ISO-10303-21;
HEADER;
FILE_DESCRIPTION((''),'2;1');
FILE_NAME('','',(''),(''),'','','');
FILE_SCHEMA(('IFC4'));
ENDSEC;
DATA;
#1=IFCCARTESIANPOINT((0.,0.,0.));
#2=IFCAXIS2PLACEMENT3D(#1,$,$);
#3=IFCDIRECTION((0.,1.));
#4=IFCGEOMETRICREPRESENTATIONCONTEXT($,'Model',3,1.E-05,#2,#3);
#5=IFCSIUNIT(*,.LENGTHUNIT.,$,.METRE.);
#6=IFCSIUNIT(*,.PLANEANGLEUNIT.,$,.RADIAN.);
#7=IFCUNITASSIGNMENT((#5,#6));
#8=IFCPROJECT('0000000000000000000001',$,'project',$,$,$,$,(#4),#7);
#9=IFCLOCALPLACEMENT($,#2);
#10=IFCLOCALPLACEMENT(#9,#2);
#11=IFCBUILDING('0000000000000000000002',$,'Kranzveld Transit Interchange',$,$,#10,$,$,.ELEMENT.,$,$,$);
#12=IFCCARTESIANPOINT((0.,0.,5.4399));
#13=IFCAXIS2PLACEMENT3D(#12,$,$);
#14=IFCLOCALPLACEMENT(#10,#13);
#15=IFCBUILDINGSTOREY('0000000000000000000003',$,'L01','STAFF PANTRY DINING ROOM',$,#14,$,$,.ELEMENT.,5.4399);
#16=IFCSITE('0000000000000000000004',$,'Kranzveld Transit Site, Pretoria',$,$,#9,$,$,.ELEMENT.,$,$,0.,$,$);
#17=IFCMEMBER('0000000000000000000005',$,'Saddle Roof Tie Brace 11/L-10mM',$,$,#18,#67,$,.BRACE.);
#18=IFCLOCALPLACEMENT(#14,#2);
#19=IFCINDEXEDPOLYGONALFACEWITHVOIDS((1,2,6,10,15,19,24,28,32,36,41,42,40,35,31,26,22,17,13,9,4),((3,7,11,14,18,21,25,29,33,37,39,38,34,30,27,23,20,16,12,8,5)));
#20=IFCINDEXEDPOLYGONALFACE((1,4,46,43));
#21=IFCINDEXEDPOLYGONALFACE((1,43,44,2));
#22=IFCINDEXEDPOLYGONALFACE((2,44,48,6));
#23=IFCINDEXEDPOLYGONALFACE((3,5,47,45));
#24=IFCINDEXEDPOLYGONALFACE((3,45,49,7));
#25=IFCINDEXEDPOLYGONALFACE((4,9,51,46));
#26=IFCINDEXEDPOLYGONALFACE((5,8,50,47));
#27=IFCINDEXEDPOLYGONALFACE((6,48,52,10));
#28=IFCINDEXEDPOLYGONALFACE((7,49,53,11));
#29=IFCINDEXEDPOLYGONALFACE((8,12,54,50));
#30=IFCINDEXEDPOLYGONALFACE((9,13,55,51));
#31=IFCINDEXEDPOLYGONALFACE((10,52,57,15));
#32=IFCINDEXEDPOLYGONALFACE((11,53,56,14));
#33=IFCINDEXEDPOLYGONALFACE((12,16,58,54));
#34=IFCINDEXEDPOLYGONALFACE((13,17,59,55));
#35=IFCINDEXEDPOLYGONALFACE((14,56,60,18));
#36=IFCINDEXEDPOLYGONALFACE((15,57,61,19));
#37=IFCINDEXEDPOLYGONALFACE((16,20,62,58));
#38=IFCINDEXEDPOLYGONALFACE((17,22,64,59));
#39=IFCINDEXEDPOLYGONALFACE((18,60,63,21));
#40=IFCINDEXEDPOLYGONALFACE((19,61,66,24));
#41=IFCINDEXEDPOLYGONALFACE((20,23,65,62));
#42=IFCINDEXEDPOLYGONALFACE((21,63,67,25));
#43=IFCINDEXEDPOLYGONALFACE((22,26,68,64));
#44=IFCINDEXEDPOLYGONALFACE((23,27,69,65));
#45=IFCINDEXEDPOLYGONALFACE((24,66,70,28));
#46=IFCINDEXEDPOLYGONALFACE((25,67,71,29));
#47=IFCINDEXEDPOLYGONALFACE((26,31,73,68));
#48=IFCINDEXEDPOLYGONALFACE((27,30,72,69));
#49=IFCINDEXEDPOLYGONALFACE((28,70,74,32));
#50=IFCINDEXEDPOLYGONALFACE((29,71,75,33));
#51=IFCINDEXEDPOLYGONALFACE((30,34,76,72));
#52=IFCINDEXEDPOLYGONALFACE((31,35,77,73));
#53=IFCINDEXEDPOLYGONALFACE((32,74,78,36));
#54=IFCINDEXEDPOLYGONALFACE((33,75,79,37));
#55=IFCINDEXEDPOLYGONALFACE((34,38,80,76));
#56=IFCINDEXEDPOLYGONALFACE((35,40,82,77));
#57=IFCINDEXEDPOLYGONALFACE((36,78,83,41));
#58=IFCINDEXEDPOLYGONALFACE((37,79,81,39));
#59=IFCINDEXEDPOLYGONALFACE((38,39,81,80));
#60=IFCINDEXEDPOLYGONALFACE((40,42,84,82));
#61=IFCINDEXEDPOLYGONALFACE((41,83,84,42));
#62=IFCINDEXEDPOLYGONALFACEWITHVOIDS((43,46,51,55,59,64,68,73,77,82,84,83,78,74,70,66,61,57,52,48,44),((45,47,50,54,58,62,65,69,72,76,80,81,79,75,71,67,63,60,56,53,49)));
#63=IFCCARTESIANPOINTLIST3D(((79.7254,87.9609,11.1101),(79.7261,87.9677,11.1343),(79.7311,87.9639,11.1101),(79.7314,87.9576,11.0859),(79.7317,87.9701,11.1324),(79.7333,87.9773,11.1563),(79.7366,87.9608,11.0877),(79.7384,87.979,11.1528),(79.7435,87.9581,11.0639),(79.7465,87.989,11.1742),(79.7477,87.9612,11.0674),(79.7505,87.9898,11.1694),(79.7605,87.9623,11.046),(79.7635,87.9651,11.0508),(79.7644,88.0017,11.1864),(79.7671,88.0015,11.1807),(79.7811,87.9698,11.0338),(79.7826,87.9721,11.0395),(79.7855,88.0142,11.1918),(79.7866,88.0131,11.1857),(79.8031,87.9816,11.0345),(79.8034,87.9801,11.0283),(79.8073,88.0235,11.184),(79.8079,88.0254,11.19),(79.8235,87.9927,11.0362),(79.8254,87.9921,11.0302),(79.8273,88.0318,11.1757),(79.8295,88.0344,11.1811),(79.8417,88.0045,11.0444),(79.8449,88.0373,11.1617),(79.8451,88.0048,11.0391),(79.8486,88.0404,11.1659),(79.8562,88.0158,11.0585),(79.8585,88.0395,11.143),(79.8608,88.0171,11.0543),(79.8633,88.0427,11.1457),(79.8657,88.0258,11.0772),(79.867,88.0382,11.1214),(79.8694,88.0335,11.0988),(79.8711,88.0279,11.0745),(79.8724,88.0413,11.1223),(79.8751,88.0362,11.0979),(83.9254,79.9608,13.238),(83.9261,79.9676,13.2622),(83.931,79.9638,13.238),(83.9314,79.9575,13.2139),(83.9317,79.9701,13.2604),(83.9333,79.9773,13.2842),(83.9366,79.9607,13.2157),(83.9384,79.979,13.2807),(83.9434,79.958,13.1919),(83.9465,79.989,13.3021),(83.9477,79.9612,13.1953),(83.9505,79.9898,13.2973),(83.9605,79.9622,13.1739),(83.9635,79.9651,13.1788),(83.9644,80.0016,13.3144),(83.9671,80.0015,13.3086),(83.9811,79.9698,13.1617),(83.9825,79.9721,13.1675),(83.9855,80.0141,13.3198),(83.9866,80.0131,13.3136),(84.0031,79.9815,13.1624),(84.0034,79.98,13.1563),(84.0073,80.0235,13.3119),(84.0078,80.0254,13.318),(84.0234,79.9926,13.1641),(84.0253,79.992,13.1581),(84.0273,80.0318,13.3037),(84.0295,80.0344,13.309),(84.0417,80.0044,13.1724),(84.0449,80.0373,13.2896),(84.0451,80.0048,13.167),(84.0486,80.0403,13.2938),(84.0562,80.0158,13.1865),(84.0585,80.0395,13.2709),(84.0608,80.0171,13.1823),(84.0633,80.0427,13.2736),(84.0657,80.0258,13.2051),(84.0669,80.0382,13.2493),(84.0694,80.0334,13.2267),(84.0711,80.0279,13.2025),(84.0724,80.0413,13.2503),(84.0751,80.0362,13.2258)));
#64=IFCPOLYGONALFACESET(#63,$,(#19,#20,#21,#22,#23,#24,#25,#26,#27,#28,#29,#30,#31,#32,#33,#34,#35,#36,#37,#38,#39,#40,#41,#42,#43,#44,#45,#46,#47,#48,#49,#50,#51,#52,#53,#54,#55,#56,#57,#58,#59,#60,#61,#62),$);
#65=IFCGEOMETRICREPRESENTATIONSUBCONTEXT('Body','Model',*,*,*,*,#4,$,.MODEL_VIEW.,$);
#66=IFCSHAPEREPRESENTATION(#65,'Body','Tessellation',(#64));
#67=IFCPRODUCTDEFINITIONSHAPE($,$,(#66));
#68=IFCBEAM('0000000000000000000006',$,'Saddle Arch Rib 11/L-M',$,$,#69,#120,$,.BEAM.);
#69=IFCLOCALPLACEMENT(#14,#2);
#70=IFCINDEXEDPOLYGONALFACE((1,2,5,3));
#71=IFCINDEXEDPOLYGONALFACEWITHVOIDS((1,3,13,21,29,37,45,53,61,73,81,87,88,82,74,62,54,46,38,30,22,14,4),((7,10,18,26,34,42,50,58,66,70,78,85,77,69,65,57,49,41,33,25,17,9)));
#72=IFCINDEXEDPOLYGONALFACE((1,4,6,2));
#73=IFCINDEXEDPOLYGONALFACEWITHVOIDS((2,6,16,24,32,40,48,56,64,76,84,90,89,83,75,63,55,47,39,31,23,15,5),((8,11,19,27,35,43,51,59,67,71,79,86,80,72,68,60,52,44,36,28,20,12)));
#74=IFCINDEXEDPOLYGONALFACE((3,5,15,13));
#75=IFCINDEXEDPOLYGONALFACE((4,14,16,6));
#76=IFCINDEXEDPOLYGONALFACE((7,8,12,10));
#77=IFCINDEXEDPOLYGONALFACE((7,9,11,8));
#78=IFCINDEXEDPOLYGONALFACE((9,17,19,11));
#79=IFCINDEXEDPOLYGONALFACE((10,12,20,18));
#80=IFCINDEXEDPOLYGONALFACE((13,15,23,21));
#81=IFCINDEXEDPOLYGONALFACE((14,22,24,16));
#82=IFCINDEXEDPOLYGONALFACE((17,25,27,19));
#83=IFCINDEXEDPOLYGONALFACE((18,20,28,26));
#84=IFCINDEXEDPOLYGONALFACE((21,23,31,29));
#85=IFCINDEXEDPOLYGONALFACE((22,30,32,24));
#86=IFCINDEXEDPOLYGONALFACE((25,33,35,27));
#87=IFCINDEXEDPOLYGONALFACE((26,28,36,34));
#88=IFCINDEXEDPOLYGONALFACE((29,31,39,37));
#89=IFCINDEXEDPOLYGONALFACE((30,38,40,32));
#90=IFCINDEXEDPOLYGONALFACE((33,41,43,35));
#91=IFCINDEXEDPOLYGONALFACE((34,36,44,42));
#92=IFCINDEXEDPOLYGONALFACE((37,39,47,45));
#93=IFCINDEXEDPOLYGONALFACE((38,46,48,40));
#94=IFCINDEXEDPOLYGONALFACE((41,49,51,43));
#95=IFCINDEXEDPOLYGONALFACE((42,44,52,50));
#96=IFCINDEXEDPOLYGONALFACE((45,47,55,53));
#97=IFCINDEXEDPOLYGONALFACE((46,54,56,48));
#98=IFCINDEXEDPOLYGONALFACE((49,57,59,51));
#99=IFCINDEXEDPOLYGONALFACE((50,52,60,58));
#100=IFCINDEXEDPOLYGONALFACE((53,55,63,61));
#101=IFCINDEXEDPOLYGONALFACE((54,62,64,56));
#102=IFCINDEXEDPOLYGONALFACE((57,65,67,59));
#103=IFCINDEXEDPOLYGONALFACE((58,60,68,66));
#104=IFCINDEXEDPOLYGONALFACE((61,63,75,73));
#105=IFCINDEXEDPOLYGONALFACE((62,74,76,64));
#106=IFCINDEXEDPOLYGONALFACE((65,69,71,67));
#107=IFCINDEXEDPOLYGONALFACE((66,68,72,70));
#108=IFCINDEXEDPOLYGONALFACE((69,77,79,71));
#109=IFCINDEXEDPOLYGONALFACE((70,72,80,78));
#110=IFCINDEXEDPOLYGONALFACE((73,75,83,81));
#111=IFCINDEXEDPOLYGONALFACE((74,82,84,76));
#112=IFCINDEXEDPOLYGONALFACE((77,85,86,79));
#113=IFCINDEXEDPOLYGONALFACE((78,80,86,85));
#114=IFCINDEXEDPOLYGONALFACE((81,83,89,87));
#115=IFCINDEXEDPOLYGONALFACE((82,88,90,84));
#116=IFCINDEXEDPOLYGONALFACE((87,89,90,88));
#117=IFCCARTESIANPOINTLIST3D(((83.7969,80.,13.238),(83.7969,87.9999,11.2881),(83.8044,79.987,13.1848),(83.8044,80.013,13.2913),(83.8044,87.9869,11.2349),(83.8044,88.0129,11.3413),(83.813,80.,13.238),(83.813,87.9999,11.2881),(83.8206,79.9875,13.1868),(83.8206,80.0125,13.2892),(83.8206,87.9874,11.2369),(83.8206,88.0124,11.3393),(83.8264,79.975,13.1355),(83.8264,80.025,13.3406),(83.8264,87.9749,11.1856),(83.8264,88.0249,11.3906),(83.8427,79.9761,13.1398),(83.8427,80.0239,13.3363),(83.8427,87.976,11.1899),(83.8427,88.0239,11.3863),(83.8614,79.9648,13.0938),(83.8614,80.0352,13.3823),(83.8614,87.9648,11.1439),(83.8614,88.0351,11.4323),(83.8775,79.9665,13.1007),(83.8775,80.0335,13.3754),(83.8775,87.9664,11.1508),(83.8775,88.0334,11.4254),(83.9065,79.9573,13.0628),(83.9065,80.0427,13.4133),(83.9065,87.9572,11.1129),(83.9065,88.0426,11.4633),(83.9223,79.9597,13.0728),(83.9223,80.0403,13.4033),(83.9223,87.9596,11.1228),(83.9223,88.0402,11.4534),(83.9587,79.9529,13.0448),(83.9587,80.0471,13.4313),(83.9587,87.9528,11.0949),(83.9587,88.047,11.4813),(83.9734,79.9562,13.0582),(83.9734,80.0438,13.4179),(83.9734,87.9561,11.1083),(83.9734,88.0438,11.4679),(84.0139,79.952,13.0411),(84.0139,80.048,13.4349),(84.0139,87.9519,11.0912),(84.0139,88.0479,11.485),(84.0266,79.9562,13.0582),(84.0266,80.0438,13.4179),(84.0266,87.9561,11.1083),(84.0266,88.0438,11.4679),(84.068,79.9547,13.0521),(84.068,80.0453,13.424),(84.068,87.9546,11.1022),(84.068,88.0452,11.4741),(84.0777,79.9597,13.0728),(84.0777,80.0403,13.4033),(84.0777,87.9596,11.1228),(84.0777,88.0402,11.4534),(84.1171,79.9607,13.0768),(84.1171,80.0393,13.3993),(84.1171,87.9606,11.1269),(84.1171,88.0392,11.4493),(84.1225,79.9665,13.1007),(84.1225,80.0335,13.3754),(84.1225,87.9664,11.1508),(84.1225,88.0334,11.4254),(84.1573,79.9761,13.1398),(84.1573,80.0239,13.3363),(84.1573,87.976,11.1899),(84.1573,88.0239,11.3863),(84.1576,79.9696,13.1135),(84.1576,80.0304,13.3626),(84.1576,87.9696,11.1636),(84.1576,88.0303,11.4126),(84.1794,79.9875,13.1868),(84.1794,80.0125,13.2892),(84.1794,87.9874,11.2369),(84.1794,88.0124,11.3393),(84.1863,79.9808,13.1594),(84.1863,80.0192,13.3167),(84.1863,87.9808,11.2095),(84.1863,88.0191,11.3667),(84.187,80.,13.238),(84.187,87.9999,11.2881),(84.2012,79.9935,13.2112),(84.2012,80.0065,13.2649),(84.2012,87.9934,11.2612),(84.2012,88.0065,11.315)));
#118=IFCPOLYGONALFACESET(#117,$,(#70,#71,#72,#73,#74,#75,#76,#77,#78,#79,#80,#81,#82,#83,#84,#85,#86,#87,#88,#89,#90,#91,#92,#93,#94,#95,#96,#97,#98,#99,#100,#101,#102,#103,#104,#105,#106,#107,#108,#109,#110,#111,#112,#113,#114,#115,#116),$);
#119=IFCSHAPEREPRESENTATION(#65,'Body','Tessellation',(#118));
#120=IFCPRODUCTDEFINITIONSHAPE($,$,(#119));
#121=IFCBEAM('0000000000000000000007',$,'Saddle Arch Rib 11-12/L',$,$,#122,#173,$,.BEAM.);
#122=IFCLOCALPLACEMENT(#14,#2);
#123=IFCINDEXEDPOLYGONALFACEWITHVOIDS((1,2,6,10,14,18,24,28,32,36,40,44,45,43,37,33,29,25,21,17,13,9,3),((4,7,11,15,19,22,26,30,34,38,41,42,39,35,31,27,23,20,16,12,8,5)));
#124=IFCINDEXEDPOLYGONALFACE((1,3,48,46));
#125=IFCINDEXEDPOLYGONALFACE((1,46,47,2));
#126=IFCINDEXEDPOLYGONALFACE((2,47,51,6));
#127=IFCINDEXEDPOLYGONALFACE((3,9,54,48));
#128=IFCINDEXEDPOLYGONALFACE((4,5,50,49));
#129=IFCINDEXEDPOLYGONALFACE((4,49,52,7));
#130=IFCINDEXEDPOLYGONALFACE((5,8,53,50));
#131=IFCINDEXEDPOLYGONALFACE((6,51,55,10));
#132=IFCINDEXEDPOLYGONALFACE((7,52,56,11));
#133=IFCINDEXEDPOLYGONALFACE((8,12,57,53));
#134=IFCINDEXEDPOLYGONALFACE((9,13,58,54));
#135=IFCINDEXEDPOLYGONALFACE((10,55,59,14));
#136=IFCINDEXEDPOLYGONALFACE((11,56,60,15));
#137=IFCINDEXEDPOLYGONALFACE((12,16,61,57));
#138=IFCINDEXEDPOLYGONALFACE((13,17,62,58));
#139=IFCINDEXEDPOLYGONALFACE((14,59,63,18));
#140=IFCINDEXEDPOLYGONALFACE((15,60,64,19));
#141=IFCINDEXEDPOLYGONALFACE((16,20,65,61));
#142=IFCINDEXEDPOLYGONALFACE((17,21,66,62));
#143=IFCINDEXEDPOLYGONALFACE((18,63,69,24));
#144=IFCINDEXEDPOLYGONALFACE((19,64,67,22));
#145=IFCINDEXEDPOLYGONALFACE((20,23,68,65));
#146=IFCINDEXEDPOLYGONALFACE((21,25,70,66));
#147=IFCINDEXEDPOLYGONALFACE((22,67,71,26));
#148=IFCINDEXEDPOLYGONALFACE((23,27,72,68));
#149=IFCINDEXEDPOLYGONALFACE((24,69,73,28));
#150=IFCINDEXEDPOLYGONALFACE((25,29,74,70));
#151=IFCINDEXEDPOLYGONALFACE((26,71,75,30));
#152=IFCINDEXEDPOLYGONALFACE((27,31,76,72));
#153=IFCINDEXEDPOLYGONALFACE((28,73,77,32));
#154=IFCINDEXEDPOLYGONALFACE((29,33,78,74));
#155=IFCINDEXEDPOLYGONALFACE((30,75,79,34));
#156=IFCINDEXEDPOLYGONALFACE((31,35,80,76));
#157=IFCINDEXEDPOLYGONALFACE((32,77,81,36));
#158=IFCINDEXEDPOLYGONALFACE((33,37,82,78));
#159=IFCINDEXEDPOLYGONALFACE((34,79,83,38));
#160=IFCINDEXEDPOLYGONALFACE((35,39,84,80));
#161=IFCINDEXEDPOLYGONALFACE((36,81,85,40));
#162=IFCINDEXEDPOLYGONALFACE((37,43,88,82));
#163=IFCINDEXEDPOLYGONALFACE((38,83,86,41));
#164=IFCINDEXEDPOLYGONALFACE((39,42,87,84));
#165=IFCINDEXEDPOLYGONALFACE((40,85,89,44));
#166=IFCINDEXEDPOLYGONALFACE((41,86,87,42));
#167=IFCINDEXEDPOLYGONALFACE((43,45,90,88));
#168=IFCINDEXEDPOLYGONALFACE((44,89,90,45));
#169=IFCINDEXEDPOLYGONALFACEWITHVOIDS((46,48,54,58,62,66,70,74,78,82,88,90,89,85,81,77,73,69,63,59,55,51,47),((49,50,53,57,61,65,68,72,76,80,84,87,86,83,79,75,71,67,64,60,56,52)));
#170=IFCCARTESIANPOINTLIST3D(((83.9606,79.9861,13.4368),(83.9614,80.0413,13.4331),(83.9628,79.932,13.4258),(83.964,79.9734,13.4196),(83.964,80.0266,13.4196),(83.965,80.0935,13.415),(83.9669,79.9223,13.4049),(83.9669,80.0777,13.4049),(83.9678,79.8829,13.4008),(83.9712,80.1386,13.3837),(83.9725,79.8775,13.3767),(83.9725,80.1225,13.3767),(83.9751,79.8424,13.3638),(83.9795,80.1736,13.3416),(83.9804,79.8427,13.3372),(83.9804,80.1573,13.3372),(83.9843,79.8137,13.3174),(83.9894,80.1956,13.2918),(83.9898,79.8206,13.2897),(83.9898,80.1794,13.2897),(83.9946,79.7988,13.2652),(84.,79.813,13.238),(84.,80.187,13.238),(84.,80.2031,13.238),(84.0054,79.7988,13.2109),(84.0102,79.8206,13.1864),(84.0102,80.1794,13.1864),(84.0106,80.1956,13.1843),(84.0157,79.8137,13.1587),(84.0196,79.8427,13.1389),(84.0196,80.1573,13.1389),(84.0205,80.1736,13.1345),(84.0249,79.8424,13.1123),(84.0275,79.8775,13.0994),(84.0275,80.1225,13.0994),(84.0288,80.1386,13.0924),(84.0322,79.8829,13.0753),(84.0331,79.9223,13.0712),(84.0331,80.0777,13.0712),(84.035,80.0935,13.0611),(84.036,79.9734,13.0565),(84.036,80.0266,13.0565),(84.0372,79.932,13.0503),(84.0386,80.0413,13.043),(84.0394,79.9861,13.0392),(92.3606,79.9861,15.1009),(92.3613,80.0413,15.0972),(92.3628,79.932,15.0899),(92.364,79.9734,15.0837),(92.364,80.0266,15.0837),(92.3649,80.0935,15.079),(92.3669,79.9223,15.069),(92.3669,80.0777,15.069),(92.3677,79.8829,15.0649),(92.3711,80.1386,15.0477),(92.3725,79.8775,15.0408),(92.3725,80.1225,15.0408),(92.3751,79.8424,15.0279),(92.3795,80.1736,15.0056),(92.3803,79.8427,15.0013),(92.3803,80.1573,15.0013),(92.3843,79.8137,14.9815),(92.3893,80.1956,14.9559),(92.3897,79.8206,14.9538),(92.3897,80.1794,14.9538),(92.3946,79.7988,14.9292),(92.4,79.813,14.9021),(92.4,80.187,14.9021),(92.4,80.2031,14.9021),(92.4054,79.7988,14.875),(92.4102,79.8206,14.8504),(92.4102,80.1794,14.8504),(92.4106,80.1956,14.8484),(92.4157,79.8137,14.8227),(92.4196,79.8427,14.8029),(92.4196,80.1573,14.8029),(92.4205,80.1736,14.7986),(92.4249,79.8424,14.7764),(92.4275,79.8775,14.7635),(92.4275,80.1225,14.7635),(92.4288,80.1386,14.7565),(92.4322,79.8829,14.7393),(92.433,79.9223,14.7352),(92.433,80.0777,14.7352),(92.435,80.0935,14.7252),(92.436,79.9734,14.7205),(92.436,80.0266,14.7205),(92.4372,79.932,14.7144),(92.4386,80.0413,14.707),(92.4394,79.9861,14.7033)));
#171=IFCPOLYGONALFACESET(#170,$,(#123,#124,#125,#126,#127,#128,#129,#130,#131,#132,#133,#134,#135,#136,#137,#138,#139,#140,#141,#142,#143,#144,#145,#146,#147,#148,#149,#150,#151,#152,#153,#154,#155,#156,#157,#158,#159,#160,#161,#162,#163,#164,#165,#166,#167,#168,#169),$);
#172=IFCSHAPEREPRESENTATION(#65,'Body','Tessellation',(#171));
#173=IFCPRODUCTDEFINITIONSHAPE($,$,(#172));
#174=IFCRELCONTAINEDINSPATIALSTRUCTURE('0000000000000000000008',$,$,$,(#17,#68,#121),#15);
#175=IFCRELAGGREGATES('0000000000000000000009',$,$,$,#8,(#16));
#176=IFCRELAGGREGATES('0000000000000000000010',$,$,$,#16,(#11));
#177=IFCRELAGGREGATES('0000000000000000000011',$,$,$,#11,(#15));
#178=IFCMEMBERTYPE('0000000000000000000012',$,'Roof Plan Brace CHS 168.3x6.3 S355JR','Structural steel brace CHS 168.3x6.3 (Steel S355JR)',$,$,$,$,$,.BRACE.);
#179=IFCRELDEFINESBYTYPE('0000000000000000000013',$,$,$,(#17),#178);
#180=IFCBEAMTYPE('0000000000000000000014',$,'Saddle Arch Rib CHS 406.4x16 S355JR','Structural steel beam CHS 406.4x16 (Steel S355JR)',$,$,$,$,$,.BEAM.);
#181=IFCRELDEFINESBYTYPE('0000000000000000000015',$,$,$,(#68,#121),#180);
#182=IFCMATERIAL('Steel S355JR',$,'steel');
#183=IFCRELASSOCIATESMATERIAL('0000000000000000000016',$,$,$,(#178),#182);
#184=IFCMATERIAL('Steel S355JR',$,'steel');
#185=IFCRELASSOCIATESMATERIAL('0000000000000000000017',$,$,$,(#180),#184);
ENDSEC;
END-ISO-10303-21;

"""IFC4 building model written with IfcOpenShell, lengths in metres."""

from ifc_helpers import new_model, si_unit, direction, frame, origin, origin_2d, place, context, subcontext, project, spatial, hollow_circle, extrude, material, material_profile, profile_set, type_object, element, save


model = new_model("IFC4")

# Units and contexts
model_context = context("Model", 3, precision=1e-05, world=origin(), true_north=direction((0.0, 1.0)))
body_context = subcontext(model_context, "Body", "Model", "MODEL_VIEW")
ifc_project = project(units=[si_unit("LENGTHUNIT", "METRE"), si_unit("PLANEANGLEUNIT", "RADIAN")], contexts=[model_context])

# Site, building, storey
site_placement = place(None, origin())
site = spatial("IfcSite", under=ifc_project, at=site_placement, Name="Kranzveld Transit Site, Pretoria", CompositionType="ELEMENT", RefElevation=0.0)
building_placement = place(site_placement, origin())
building = spatial("IfcBuilding", under=site, at=building_placement, Name="Kranzveld Transit Interchange", CompositionType="ELEMENT")
storey_placement = place(building_placement, frame((0.0, 0.0, 5.4399)))
storey = spatial("IfcBuildingStorey", under=building, at=storey_placement, Name="L01", Description="STAFF PANTRY DINING ROOM", CompositionType="ELEMENT", Elevation=5.4399)

# Member
ifc_material_1 = material(Name="Steel S355JR", Category="steel")
ifc_material_profile_1 = material_profile(ifc_material_1, hollow_circle(Radius=0.0842, WallThickness=0.0063, at=origin_2d()), Name="CHS 168.3x6.3")
ifc_profile_set_1 = profile_set([ifc_material_profile_1], Name="Steel S355JR")
member_type_1 = type_object("IfcMemberType", Name="Roof Plan Brace CHS 168.3x6.3 S355JR", Description="Structural steel brace CHS 168.3x6.3 (Steel S355JR)", PredefinedType="BRACE", material=ifc_profile_set_1)
member_1_placement = place(storey_placement, frame((84.0, 80.0, 13.238), z_axis=(-0.452452, 0.861822, -0.229237), x_axis=(-0.8854, -0.46483, 0.0)))
element("IfcMember", 1, at=member_1_placement, inside=storey, type_object=member_type_1, Name="Saddle Roof Tie Brace 11/L-10mM", PredefinedType="BRACE", context=body_context, shape_type="SweptSolid", body=[
    extrude(hollow_circle(Radius=0.0842, WallThickness=0.0063, at=origin_2d()), origin(), (0.0, 0.0, 1.0), 9.2827),
])

# Beams
ifc_material_2 = material(Name="Steel S355JR", Category="steel")
ifc_material_profile_2 = material_profile(ifc_material_2, hollow_circle(Radius=0.2031, WallThickness=0.0161, at=origin_2d()), Name="CHS 406.4x16")
ifc_profile_set_2 = profile_set([ifc_material_profile_2], Name="Steel S355JR")
beam_type_1 = type_object("IfcBeamType", Name="Saddle Arch Rib CHS 406.4x16 S355JR", Description="Structural steel beam CHS 406.4x16 (Steel S355JR)", PredefinedType="BEAM", material=ifc_profile_set_2)
beam_1_placement = place(storey_placement, frame((84.0, 80.0, 13.238), z_axis=(0.0, 0.971556, -0.236811), x_axis=(-1.0, 0.0, 0.0)))
element("IfcBeam", 2, at=beam_1_placement, inside=storey, type_object=beam_type_1, Name="Saddle Arch Rib 11/L-M", PredefinedType="BEAM", context=body_context, shape_type="SweptSolid", body=[
    extrude(hollow_circle(Radius=0.2031, WallThickness=0.0161, at=origin_2d()), origin(), (0.0, 0.0, 1.0), 8.2341),
])
beam_2_placement = place(storey_placement, frame((84.0, 80.0, 13.238), z_axis=(0.980937, 0.0, 0.194328), x_axis=(0.0, 1.0, 0.0)))
element("IfcBeam", 3, at=beam_2_placement, inside=storey, type_object=beam_type_1, Name="Saddle Arch Rib 11-12/L", PredefinedType="BEAM", context=body_context, shape_type="SweptSolid", body=[
    extrude(hollow_circle(Radius=0.2031, WallThickness=0.0161, at=origin_2d()), origin(), (0.0, 0.0, 1.0), 8.5632),
])

save(model, "model.ifc")
